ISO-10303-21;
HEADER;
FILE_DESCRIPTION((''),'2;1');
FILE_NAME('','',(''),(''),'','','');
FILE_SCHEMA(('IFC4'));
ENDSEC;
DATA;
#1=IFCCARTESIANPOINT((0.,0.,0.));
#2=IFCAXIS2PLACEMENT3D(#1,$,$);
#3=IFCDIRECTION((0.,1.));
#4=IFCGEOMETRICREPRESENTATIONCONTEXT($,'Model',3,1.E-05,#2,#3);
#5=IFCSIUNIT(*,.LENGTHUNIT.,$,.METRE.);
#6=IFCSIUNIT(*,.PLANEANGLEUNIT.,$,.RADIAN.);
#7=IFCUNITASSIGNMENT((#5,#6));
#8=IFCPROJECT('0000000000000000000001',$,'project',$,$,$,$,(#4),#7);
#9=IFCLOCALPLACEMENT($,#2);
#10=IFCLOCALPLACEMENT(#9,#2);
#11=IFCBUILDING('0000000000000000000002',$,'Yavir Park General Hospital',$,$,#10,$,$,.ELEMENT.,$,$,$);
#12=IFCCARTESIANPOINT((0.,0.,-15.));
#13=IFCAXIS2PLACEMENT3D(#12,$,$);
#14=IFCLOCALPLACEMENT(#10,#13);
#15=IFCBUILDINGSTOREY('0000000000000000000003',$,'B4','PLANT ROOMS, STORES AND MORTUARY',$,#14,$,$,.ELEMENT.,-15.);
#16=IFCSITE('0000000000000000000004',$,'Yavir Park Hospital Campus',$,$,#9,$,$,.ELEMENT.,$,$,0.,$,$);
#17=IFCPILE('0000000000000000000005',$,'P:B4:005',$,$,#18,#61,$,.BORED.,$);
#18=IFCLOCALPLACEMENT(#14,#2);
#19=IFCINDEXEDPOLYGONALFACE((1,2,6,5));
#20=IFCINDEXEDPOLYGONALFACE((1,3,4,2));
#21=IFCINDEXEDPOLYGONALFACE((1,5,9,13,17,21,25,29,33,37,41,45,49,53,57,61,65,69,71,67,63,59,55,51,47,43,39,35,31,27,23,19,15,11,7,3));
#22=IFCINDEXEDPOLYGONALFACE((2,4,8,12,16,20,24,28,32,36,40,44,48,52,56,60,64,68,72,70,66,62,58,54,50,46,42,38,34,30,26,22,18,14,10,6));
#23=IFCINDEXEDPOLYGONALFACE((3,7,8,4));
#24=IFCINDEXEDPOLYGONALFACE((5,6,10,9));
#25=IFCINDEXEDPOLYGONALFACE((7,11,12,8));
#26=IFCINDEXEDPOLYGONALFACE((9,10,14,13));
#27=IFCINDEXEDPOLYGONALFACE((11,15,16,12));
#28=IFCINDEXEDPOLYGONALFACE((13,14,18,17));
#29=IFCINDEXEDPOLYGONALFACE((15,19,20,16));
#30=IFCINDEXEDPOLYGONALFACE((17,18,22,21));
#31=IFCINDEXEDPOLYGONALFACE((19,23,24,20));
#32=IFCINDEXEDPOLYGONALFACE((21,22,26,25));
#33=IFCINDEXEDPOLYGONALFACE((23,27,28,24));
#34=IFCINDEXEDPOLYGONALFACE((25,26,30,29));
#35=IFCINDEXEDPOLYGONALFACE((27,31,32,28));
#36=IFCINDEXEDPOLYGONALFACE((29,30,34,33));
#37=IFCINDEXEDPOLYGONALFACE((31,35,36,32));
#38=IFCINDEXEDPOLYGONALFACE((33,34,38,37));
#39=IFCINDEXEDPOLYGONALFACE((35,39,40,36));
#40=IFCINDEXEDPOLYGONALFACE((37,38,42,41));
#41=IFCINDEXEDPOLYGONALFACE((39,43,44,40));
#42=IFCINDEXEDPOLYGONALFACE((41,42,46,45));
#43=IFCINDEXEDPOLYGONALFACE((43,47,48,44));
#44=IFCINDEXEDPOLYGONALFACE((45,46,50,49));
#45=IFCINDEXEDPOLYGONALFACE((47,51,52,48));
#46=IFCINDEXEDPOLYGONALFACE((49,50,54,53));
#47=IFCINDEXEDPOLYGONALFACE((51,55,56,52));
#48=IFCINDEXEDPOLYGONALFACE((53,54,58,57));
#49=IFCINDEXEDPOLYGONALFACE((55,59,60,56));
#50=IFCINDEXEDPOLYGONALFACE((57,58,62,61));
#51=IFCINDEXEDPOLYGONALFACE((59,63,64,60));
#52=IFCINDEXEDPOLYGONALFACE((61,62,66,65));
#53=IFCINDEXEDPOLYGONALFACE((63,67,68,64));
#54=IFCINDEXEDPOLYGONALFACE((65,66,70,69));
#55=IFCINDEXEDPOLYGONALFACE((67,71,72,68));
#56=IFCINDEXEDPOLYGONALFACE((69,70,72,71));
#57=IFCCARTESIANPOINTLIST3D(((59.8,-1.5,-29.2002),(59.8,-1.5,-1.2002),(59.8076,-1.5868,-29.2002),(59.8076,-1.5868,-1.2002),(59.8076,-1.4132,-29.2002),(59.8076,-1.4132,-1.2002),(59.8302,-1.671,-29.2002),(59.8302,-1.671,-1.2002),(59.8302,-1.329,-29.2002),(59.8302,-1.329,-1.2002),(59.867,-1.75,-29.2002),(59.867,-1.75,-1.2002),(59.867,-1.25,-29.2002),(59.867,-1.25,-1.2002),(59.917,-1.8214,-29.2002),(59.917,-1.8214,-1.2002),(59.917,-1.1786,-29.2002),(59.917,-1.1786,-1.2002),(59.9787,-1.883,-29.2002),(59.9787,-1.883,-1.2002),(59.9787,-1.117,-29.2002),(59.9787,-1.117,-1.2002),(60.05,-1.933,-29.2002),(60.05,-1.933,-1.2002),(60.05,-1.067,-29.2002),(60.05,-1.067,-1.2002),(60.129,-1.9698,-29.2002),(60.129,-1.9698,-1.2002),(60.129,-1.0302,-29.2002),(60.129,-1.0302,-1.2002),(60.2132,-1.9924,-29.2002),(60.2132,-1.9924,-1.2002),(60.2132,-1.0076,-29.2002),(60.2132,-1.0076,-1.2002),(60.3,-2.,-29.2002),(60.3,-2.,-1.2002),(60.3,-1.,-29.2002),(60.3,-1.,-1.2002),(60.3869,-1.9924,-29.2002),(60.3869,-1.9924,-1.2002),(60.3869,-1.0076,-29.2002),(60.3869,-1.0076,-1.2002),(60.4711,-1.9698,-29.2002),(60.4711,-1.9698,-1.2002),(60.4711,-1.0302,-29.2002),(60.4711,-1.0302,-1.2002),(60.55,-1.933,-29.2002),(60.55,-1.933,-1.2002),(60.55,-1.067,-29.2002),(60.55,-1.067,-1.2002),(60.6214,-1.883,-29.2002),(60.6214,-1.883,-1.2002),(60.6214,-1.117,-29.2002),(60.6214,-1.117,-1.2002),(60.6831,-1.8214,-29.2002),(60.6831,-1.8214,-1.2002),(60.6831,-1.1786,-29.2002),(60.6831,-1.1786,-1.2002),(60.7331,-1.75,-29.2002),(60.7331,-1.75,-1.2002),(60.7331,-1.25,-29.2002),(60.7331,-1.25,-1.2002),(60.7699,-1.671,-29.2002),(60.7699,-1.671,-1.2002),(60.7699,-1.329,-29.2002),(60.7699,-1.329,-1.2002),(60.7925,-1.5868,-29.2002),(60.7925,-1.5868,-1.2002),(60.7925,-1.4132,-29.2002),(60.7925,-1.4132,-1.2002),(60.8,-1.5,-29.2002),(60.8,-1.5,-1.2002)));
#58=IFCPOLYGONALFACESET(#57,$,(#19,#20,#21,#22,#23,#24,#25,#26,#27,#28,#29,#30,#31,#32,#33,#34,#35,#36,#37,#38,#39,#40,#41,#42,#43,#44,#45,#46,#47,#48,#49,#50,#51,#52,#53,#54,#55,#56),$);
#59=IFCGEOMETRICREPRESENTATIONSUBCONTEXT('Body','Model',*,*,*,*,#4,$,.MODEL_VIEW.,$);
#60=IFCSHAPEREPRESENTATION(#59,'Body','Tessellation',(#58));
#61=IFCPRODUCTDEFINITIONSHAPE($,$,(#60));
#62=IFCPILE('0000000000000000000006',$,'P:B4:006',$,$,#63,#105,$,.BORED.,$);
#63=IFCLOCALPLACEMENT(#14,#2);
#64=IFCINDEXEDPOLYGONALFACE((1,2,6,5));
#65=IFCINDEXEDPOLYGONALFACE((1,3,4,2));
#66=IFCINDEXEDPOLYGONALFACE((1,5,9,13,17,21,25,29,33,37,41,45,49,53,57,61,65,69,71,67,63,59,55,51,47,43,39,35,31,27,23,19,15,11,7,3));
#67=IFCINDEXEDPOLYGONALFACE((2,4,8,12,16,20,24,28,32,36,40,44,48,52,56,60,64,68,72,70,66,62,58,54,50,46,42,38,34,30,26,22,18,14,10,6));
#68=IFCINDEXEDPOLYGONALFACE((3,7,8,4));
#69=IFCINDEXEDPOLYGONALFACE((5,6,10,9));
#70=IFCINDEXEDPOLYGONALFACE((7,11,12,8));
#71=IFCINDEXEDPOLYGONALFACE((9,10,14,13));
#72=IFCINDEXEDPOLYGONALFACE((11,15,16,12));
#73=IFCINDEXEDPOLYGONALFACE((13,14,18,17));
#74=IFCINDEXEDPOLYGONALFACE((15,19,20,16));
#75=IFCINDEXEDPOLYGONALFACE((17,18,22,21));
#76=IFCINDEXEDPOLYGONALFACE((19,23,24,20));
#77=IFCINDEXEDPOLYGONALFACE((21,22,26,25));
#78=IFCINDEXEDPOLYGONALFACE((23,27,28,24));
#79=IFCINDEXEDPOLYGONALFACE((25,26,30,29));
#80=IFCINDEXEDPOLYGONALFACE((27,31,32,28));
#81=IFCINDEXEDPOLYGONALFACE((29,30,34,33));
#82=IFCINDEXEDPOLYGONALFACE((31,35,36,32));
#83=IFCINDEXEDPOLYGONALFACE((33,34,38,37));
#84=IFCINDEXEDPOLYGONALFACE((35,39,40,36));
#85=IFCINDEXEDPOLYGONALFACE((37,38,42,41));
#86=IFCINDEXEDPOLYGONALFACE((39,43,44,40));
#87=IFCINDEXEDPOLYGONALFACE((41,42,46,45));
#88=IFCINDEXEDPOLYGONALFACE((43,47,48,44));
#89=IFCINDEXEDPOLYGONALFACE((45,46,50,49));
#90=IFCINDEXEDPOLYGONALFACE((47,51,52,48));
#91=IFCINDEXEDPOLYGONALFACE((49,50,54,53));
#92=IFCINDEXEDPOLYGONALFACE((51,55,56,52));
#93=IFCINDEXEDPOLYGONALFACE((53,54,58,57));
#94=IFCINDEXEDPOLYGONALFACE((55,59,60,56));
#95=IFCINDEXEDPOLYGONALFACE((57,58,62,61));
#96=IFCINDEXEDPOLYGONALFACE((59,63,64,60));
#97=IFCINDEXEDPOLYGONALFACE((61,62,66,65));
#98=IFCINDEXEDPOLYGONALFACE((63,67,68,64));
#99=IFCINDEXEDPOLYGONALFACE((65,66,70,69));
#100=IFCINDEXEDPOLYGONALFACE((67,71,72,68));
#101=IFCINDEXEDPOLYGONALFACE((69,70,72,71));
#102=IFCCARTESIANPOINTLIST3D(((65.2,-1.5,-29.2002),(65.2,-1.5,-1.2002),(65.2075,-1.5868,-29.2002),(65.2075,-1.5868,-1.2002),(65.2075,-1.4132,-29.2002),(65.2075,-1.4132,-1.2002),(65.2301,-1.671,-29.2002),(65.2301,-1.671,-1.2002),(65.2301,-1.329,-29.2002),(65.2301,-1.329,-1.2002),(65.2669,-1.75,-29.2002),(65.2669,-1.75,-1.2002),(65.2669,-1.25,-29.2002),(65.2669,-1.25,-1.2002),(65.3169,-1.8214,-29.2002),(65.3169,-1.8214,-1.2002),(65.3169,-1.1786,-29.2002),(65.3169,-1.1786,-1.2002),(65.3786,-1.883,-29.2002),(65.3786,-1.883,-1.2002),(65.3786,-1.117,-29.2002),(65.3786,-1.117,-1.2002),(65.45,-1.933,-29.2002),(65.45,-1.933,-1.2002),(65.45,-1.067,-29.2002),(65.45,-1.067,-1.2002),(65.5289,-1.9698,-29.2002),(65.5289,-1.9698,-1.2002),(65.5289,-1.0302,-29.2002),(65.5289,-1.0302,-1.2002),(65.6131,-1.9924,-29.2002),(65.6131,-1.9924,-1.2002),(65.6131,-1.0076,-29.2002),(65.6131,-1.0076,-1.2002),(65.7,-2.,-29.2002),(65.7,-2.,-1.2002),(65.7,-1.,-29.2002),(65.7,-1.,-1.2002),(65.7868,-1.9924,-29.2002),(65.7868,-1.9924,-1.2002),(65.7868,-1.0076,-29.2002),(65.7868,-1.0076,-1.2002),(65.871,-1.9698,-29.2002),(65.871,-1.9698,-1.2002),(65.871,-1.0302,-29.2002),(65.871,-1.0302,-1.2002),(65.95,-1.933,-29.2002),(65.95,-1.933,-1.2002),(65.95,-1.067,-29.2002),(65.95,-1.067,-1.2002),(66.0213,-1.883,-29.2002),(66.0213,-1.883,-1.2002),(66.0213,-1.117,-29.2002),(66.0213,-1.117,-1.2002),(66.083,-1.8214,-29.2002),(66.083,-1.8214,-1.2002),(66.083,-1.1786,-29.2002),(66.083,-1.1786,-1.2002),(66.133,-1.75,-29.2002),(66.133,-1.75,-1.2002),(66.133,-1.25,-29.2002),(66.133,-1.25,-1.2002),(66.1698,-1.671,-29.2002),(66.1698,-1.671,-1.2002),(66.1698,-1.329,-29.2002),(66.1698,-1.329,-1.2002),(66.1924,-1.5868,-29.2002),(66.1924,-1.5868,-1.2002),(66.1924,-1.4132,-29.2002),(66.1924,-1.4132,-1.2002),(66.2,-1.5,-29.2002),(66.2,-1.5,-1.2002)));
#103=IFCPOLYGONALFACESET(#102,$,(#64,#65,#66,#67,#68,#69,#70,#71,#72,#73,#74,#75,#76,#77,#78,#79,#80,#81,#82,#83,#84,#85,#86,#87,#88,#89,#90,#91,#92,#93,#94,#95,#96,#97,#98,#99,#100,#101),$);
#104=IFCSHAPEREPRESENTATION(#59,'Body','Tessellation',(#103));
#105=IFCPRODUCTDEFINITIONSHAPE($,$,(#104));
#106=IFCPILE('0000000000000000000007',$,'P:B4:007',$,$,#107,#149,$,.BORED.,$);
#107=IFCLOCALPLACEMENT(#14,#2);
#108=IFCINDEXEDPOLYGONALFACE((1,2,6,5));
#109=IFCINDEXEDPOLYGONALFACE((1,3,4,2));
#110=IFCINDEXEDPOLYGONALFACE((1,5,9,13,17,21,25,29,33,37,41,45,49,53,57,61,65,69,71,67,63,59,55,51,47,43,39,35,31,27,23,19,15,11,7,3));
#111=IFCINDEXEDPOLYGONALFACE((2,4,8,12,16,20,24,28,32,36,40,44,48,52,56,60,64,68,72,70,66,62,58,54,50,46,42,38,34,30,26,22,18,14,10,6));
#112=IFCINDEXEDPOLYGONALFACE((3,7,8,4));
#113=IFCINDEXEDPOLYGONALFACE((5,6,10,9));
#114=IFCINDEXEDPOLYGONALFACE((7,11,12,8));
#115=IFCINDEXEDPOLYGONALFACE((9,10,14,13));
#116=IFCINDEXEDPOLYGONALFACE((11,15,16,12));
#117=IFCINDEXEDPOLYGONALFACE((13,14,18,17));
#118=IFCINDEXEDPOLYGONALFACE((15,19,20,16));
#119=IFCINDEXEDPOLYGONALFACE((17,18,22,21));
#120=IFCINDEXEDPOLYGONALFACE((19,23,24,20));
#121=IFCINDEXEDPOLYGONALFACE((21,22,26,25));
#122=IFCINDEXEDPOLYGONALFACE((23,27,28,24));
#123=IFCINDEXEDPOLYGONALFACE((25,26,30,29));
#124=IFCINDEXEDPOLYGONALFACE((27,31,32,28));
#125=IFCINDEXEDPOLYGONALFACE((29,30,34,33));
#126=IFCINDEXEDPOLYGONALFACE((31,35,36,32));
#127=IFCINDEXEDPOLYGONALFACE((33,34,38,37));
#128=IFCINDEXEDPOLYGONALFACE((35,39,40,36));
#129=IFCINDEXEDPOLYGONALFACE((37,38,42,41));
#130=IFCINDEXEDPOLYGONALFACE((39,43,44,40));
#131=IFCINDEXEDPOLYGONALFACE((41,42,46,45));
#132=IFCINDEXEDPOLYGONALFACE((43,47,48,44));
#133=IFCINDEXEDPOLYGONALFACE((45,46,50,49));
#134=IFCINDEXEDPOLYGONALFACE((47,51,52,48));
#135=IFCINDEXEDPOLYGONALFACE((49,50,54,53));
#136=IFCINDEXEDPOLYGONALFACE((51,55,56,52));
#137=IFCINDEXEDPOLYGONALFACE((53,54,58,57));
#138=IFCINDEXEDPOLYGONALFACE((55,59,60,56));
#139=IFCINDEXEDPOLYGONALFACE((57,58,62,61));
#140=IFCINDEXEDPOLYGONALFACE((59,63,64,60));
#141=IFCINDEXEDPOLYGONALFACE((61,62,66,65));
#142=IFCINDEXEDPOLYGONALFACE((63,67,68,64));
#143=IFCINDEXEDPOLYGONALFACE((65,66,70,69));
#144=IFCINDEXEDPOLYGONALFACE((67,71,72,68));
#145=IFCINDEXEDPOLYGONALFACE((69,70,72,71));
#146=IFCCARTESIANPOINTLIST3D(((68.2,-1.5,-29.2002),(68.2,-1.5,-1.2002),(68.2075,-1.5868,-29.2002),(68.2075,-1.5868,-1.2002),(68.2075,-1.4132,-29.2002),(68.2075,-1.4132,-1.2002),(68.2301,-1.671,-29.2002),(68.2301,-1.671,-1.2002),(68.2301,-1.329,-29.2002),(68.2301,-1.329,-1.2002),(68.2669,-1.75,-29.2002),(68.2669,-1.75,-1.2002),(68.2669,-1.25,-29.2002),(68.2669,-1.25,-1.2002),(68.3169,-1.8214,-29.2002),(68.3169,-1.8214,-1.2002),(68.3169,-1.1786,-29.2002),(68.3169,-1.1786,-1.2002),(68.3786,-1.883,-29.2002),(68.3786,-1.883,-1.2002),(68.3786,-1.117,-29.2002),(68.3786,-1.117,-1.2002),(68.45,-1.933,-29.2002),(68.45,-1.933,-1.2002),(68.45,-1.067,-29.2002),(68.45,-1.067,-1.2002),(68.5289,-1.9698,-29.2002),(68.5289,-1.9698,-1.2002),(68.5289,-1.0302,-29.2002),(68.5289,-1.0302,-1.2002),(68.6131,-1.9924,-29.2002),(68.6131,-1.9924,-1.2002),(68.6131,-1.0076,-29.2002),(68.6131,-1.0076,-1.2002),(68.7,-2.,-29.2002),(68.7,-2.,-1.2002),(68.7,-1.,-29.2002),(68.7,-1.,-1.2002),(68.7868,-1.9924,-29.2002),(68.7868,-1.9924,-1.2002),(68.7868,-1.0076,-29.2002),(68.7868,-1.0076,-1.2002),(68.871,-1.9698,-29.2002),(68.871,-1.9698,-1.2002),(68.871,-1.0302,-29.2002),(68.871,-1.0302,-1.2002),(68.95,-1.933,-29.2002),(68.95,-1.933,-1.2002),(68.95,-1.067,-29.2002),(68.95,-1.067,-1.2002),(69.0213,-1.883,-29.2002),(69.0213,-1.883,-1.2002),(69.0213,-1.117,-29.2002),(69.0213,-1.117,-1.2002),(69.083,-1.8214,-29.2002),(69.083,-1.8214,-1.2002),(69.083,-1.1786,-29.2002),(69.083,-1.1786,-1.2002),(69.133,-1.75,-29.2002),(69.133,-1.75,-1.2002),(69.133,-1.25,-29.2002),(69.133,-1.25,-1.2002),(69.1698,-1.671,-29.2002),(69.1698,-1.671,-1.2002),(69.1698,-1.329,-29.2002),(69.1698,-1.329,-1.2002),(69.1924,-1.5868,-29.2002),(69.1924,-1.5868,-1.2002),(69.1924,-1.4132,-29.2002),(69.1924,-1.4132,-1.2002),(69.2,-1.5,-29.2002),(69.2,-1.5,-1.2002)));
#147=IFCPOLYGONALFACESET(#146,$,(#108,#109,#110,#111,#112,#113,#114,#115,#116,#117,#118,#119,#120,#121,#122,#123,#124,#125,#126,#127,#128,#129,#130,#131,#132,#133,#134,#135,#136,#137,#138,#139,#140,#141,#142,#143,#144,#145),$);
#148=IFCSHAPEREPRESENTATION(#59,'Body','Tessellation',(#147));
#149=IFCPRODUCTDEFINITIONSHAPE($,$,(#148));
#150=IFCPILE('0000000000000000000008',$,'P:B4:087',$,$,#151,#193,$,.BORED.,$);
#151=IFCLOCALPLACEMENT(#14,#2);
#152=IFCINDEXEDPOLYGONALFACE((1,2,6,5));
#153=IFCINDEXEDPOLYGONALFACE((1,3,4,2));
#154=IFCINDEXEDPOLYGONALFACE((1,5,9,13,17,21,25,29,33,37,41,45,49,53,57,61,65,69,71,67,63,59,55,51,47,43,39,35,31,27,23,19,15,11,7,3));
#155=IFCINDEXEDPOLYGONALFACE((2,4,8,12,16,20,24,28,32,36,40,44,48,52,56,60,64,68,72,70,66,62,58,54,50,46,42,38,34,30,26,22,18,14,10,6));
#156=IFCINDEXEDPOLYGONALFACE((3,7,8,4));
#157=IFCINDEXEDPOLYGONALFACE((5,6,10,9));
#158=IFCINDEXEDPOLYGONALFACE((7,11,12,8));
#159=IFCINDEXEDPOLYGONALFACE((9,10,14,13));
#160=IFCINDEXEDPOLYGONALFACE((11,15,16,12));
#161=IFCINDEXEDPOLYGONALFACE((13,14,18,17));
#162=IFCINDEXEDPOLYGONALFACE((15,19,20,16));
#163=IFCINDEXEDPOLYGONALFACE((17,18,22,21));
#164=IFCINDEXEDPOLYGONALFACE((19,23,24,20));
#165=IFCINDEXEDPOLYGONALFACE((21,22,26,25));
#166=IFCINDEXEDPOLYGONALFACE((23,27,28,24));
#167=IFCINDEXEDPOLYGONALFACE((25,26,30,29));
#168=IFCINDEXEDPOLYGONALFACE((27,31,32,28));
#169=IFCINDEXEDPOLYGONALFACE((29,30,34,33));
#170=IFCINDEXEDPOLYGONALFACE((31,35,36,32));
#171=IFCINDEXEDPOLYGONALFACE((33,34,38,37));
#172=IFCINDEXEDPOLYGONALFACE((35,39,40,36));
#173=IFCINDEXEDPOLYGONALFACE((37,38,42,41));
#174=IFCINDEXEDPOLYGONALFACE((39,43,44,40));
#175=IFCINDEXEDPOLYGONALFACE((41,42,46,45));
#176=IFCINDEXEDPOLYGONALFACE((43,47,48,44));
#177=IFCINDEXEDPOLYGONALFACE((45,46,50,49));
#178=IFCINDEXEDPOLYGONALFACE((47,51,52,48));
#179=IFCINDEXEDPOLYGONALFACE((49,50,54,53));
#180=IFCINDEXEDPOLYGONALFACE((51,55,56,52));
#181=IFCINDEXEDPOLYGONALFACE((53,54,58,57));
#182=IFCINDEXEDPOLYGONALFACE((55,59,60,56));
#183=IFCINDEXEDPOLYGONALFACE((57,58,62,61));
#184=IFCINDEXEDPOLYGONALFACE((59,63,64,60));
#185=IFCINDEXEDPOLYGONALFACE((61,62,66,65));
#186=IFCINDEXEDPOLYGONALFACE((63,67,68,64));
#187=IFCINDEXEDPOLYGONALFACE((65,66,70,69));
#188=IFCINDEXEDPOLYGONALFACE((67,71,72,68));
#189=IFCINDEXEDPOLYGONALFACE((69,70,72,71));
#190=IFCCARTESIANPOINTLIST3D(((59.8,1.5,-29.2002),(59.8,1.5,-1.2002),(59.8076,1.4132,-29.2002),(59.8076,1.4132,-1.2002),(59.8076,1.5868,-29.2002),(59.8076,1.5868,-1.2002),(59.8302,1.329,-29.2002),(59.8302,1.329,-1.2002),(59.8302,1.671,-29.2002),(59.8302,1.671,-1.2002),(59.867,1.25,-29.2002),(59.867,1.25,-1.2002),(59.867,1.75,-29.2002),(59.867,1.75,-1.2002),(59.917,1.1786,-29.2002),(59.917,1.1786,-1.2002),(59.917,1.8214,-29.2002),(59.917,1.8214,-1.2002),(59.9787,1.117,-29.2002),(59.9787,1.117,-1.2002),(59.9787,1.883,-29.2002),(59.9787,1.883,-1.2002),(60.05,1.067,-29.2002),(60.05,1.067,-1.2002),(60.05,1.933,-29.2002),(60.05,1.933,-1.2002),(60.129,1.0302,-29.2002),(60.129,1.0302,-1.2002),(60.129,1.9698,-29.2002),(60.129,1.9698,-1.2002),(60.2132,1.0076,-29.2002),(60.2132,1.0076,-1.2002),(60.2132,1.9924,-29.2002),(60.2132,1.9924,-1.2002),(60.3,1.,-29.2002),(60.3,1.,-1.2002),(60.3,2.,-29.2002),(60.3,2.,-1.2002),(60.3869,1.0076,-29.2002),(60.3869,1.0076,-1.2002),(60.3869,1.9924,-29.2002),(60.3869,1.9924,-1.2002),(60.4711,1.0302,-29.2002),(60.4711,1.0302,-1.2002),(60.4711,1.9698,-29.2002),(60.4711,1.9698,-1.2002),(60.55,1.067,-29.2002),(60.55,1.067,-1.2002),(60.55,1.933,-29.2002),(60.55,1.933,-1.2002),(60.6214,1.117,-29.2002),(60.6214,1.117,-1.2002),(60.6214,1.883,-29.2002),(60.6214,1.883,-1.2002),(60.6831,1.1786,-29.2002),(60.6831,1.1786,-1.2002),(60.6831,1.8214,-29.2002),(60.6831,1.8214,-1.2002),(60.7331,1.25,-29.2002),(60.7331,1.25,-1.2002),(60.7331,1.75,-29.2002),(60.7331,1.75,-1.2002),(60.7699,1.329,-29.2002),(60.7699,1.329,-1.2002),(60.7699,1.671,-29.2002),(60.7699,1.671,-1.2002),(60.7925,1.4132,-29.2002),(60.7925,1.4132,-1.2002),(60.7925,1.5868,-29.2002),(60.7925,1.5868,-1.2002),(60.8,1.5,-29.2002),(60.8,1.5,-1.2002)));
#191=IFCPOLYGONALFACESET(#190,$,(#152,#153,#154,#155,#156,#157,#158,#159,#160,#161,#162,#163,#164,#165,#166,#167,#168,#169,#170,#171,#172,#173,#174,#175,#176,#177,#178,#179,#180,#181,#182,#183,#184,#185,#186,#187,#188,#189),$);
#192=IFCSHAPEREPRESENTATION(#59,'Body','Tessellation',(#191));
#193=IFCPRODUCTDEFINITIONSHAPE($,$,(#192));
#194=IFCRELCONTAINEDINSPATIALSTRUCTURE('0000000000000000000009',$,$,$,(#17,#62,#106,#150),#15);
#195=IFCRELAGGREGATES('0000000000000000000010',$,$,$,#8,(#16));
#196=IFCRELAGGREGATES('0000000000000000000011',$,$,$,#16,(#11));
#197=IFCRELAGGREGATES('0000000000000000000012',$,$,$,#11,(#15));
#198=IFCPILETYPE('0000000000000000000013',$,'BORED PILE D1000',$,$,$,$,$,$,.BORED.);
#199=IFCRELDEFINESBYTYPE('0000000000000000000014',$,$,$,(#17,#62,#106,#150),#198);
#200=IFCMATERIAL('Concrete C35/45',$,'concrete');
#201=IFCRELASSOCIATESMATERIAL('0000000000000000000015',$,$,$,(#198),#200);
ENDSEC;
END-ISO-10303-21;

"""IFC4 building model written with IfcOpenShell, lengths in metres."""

from ifc_helpers import new_model, si_unit, direction, frame, origin, origin_2d, place, context, subcontext, project, spatial, circle, extrude, material, material_profile, profile_set, type_object, element, save


model = new_model("IFC4")

# Units and contexts
model_context = context("Model", 3, precision=1e-05, world=origin(), true_north=direction((0.0, 1.0)))
body_context = subcontext(model_context, "Body", "Model", "MODEL_VIEW")
ifc_project = project(units=[si_unit("LENGTHUNIT", "METRE"), si_unit("PLANEANGLEUNIT", "RADIAN")], contexts=[model_context])

# Site, building, storey
site_placement = place(None, origin())
site = spatial("IfcSite", under=ifc_project, at=site_placement, Name="Yavir Park Hospital Campus", CompositionType="ELEMENT", RefElevation=0.0)
building_placement = place(site_placement, origin())
building = spatial("IfcBuilding", under=site, at=building_placement, Name="Yavir Park General Hospital", CompositionType="ELEMENT")
storey_placement = place(building_placement, frame((0.0, 0.0, -15.0)))
storey = spatial("IfcBuildingStorey", under=building, at=storey_placement, Name="B4", Description="PLANT ROOMS, STORES AND MORTUARY", CompositionType="ELEMENT", Elevation=-15.0)

# Piles
ifc_material_1 = material(Name="Concrete C35/45", Category="concrete")
ifc_material_profile_1 = material_profile(ifc_material_1, circle(Radius=0.5, at=origin_2d()), Name="D1000")
ifc_profile_set_1 = profile_set([ifc_material_profile_1], Name="Concrete C35/45")
pile_type_1 = type_object("IfcPileType", Name="BORED PILE D1000", PredefinedType="BORED", material=ifc_profile_set_1)
for number, where, z_axis, x_axis, name in (
    (1, (60.3, -1.5, -1.2002), (0.0, 0.0, -1.0), (1.0, 0.0, 0.0), "P:B4:005"),
    (2, (65.7, -1.5, -1.2002), (0.0, 0.0, -1.0), (1.0, 0.0, 0.0), "P:B4:006"),
    (3, (68.7, -1.5, -1.2002), (0.0, 0.0, -1.0), (1.0, 0.0, 0.0), "P:B4:007"),
    (4, (60.3, 1.5, -1.2002), (0.0, 0.0, -1.0), (1.0, 0.0, 0.0), "P:B4:087"),
):
    element("IfcPile", number, at=place(storey_placement, frame(where, z_axis=z_axis, x_axis=x_axis)), inside=storey, type_object=pile_type_1, Name=name, PredefinedType="BORED", context=body_context, shape_type="SweptSolid", body=[
        extrude(circle(Radius=0.5, at=origin_2d()), origin(), (0.0, 0.0, 1.0), 28.0),
    ])

save(model, "model.ifc")
